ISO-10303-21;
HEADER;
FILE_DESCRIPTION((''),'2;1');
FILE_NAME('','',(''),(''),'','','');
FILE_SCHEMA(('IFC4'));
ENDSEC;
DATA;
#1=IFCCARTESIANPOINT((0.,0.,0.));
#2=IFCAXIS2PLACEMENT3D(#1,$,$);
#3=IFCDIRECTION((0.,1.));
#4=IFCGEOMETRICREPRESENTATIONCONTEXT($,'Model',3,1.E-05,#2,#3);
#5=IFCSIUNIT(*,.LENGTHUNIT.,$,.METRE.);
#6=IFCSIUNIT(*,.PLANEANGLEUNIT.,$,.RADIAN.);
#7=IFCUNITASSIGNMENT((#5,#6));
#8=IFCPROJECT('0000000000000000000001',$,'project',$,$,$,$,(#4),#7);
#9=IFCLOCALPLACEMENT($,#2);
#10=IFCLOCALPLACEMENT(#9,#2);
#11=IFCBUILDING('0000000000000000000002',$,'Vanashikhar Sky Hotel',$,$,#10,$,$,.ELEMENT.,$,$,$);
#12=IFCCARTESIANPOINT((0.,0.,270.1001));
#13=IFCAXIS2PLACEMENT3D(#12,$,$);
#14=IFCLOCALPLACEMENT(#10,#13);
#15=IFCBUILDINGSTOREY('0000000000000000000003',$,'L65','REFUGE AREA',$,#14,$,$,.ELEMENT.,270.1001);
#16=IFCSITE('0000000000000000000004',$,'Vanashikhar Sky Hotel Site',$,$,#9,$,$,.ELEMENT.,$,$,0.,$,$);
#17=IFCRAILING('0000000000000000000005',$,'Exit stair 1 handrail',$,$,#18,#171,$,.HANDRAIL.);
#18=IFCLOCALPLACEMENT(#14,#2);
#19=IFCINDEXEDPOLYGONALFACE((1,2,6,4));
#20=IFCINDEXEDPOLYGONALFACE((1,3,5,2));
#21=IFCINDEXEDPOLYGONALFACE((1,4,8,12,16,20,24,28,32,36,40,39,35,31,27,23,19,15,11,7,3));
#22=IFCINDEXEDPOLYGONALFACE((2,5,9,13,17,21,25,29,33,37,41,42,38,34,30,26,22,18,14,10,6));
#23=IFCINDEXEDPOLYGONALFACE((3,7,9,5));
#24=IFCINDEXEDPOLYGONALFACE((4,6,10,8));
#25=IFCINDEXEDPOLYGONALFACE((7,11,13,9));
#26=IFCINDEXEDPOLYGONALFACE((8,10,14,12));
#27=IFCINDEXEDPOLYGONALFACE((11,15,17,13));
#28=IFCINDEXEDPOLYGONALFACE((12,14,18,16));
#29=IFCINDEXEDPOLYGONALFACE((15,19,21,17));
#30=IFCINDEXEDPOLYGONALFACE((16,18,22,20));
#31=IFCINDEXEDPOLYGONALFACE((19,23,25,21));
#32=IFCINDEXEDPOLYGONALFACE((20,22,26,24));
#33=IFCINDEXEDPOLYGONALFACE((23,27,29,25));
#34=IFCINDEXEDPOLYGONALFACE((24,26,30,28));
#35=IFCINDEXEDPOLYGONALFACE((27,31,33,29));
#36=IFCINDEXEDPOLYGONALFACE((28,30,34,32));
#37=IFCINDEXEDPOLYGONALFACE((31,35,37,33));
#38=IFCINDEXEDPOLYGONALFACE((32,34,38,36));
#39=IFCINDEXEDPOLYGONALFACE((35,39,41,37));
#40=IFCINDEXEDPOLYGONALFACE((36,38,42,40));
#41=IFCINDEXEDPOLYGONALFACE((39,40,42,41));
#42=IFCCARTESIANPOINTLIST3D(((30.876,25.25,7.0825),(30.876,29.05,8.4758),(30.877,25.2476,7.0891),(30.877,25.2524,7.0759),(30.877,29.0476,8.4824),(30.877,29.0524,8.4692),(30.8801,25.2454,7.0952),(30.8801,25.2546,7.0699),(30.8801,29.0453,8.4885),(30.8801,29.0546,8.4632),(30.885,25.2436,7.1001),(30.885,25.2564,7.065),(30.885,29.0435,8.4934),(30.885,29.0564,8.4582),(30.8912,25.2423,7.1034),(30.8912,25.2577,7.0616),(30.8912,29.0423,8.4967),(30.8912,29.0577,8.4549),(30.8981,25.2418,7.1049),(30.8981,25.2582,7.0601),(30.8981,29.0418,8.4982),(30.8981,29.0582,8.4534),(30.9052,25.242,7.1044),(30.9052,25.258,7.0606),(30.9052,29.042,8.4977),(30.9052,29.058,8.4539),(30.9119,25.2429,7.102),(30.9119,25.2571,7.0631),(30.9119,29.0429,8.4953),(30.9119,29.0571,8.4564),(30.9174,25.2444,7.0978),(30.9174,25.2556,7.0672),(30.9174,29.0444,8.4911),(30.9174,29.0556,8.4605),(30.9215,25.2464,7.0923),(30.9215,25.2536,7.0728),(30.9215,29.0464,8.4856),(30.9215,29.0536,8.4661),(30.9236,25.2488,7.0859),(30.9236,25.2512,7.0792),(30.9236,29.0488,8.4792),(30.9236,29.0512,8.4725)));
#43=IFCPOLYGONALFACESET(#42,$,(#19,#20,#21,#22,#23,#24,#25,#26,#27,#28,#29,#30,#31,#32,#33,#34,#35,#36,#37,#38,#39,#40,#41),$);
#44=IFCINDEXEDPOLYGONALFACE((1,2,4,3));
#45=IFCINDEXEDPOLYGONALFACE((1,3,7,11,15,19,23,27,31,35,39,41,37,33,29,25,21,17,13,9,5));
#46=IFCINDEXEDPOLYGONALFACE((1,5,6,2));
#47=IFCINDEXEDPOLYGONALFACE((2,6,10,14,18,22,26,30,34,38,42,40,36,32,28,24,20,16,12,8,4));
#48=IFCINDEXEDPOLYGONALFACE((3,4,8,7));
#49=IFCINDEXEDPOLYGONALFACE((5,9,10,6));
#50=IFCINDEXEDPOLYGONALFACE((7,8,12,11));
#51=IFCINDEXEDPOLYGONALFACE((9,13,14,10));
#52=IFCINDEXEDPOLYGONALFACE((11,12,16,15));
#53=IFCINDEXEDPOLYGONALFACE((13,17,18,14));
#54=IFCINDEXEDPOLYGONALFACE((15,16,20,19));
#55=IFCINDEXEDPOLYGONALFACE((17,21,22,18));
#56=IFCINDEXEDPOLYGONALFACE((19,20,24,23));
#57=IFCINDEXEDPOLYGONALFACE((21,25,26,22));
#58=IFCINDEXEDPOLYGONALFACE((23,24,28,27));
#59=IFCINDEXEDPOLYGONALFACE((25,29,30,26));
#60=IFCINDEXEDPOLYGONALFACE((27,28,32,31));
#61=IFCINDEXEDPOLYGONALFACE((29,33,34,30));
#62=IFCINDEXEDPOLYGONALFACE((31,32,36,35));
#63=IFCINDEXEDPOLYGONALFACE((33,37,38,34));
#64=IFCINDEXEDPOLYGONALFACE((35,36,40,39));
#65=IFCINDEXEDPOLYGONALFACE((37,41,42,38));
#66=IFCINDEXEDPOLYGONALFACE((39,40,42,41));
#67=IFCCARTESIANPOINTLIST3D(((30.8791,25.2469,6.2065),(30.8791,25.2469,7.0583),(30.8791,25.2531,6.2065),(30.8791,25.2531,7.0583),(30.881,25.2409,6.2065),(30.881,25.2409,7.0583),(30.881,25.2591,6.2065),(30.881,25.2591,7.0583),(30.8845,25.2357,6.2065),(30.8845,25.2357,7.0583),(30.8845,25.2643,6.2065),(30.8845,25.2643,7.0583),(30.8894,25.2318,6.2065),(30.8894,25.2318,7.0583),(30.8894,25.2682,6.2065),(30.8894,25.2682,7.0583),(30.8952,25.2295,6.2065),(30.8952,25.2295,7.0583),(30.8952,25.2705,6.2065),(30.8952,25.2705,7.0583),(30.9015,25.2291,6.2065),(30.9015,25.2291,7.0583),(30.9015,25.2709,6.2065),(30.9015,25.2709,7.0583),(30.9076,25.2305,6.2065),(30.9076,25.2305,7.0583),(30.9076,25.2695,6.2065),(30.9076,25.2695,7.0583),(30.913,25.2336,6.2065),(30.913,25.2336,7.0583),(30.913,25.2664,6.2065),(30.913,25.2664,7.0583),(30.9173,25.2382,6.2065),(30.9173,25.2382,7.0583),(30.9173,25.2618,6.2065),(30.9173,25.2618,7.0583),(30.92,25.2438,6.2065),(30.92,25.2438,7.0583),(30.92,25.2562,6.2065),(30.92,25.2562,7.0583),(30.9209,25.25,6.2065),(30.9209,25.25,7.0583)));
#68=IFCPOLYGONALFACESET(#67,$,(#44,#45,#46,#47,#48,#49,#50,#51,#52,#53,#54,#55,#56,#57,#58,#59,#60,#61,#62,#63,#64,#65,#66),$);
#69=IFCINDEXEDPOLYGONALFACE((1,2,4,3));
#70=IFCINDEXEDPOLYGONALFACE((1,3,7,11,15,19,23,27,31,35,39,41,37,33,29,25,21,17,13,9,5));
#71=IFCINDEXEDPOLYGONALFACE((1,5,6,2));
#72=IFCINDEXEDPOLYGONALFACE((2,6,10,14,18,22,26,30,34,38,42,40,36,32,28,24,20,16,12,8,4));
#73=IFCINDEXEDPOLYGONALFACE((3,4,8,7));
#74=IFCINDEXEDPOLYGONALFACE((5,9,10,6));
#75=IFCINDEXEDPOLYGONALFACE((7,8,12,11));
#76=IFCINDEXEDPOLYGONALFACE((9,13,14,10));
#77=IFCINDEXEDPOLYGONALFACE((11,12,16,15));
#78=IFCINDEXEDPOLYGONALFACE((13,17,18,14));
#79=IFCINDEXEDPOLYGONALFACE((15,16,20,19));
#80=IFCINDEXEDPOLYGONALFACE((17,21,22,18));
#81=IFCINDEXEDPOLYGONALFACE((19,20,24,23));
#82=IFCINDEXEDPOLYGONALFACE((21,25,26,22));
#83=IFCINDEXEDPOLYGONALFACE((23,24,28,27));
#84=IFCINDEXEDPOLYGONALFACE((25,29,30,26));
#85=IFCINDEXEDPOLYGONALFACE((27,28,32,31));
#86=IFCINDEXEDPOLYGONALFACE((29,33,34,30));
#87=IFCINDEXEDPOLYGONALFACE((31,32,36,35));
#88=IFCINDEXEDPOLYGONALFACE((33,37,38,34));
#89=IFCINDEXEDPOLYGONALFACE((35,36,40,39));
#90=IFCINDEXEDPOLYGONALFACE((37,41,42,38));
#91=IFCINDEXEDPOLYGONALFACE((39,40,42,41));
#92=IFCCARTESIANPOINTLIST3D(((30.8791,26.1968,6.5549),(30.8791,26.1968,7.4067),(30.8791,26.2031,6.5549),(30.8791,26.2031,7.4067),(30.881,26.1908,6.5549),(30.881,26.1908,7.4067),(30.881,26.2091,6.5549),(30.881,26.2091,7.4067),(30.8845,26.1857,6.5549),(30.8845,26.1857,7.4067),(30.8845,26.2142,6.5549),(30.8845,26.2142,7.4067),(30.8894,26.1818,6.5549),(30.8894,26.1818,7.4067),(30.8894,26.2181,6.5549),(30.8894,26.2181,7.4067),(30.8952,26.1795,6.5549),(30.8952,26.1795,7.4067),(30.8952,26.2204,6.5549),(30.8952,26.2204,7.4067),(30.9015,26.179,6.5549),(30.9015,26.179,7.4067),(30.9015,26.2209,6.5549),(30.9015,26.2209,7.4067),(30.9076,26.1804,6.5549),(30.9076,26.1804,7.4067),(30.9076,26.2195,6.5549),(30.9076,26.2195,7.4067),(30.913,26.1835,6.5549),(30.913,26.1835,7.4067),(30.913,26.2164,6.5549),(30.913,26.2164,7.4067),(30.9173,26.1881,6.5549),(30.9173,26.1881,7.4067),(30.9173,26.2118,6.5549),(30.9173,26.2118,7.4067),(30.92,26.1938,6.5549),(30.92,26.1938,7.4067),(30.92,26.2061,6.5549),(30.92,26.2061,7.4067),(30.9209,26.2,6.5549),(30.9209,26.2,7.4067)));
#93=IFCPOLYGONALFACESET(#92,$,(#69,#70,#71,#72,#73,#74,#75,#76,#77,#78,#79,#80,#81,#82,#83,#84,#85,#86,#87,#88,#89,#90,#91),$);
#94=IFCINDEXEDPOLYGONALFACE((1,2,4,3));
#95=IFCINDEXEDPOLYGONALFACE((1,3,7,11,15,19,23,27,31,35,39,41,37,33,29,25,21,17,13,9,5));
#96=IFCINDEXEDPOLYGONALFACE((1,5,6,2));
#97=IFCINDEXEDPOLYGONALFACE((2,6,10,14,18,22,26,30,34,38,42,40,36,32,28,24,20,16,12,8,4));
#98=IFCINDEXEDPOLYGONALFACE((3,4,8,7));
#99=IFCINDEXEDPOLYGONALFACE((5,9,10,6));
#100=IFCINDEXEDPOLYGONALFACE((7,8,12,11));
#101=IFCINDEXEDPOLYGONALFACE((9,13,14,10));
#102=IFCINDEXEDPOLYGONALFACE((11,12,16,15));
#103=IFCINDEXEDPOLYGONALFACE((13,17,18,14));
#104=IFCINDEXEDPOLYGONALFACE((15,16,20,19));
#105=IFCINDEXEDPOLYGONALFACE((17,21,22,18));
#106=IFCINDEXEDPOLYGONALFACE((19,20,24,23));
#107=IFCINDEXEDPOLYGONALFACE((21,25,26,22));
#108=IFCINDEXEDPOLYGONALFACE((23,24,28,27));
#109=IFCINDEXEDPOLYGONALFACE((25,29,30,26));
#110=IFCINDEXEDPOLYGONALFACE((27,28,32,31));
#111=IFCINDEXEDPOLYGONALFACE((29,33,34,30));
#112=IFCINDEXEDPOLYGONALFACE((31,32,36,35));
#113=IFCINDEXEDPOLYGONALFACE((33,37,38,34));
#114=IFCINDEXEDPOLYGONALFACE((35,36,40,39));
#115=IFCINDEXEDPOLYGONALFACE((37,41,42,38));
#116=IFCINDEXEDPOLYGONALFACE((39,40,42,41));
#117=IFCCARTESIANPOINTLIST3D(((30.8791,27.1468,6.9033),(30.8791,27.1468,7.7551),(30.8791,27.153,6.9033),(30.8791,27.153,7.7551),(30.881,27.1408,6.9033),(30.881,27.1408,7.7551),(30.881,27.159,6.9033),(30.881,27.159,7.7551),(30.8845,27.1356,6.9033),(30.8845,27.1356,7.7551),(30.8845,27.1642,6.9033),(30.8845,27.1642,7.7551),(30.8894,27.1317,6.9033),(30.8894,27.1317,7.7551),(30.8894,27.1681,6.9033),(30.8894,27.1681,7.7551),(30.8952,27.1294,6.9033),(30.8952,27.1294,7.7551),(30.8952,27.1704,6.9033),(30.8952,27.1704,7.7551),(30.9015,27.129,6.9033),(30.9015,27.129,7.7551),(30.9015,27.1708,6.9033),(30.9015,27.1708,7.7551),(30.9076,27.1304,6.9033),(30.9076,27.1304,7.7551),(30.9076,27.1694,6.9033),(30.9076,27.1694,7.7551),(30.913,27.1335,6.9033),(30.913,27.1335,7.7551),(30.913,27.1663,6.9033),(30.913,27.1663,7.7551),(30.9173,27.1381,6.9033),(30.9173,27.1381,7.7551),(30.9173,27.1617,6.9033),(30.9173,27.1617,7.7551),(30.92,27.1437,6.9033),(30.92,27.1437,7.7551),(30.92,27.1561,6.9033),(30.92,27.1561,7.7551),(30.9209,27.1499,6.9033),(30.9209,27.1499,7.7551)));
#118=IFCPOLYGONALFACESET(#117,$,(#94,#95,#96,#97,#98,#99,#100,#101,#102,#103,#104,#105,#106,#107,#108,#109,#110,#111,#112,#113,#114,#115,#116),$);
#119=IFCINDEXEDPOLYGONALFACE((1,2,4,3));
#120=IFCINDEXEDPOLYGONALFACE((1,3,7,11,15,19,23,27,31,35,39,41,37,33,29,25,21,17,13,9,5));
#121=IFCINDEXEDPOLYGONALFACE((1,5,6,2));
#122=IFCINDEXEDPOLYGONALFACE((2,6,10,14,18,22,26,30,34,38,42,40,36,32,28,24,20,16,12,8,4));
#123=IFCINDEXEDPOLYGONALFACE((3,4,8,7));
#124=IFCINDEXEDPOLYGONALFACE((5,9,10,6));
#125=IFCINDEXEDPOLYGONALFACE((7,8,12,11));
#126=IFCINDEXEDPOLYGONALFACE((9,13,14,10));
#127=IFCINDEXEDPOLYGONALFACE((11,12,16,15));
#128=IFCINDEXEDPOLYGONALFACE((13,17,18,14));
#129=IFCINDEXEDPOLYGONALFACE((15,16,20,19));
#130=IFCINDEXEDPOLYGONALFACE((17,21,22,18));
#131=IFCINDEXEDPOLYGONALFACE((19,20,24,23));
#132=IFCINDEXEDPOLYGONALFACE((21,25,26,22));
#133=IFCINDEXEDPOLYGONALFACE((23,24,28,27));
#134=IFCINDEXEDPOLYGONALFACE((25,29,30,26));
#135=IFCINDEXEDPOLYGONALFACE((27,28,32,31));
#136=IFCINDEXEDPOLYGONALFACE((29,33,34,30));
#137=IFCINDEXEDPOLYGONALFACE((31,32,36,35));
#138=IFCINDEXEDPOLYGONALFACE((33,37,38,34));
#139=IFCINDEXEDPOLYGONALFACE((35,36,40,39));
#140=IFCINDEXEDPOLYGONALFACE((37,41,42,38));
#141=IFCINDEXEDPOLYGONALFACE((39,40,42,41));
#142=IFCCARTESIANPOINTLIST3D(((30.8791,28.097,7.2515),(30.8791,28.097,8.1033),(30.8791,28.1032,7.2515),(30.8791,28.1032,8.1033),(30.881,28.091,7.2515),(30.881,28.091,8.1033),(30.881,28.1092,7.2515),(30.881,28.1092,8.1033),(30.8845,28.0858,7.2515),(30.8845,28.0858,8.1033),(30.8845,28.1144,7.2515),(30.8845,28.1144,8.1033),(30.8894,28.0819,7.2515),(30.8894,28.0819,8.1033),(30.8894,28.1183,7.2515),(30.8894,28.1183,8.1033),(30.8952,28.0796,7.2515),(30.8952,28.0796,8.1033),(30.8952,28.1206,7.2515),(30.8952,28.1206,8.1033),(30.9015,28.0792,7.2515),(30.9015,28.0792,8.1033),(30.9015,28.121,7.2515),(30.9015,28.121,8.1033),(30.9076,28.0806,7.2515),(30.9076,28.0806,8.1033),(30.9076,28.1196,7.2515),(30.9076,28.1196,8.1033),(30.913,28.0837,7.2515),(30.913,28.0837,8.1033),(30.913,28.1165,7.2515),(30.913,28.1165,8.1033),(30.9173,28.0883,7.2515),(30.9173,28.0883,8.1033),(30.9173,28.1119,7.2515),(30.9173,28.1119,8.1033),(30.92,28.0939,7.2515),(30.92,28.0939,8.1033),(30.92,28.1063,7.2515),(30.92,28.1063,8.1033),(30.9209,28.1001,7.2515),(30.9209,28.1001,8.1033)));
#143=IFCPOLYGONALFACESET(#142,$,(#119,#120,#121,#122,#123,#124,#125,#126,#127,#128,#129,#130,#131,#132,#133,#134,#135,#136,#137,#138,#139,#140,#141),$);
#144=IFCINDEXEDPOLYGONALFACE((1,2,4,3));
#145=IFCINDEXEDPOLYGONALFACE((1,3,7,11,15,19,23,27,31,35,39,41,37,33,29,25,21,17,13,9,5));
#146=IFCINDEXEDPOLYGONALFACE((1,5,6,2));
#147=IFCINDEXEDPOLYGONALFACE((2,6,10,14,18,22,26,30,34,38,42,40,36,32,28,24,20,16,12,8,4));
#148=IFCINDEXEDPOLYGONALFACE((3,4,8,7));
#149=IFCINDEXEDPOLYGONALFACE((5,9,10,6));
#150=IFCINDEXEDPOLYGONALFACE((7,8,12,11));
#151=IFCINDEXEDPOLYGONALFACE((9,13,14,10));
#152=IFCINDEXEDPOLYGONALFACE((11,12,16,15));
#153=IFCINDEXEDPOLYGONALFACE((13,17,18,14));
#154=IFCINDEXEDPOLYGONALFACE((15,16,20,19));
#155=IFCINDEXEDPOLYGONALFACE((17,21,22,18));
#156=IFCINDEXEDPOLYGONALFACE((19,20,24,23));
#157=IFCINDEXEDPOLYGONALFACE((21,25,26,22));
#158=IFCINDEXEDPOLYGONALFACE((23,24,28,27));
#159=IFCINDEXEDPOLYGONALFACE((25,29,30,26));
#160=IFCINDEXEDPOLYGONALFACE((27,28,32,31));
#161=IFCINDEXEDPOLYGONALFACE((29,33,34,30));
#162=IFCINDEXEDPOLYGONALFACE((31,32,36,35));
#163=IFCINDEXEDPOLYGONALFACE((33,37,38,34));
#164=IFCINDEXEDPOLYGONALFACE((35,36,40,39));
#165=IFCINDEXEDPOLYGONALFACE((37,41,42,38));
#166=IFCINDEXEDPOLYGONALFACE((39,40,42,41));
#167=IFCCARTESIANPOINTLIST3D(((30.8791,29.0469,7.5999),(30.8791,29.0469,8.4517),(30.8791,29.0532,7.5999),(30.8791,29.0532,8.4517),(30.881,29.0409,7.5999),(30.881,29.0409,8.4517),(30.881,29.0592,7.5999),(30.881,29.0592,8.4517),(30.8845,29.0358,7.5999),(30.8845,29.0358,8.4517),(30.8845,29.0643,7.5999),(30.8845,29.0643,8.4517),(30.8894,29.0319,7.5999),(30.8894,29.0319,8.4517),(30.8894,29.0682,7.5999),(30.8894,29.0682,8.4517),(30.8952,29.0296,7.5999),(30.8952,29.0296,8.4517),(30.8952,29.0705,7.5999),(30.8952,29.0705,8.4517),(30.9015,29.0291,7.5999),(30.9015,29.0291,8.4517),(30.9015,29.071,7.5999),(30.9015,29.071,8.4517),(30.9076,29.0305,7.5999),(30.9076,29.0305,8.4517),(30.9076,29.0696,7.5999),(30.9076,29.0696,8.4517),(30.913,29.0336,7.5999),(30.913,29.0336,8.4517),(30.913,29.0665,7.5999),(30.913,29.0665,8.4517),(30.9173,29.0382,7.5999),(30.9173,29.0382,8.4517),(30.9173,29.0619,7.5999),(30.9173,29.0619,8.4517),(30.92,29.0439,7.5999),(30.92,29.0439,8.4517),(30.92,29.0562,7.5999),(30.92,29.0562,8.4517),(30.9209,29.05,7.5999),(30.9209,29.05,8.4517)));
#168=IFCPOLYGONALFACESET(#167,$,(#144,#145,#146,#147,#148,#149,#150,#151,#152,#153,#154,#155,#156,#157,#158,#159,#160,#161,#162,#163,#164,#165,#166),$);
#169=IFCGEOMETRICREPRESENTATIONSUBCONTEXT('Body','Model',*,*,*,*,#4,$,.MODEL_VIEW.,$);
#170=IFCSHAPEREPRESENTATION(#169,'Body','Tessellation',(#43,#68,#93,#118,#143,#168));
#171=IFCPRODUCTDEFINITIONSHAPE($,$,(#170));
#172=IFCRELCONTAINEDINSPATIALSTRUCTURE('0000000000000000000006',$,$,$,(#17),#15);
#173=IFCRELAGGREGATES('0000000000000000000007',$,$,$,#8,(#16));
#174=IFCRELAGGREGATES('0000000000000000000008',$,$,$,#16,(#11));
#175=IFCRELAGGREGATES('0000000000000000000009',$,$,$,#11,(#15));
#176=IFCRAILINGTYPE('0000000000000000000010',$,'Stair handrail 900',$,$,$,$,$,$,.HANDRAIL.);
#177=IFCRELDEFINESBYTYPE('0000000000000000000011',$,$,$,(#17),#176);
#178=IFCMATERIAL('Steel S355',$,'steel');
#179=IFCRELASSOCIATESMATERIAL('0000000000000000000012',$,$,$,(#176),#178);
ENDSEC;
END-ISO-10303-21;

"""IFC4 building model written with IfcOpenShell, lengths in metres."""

from ifc_helpers import new_model, si_unit, direction, frame, origin, origin_2d, place, context, subcontext, project, spatial, circle, extrude, source, transform, mapped, material, type_object, element, save


model = new_model("IFC4")

# Units and contexts
model_context = context("Model", 3, precision=1e-05, world=origin(), true_north=direction((0.0, 1.0)))
body_context = subcontext(model_context, "Body", "Model", "MODEL_VIEW")
ifc_project = project(units=[si_unit("LENGTHUNIT", "METRE"), si_unit("PLANEANGLEUNIT", "RADIAN")], contexts=[model_context])

# Site, building, storey
site_placement = place(None, origin())
site = spatial("IfcSite", under=ifc_project, at=site_placement, Name="Vanashikhar Sky Hotel Site", CompositionType="ELEMENT", RefElevation=0.0)
building_placement = place(site_placement, origin())
building = spatial("IfcBuilding", under=site, at=building_placement, Name="Vanashikhar Sky Hotel", CompositionType="ELEMENT")
storey_placement = place(building_placement, frame((0.0, 0.0, 270.1001)))
storey = spatial("IfcBuildingStorey", under=building, at=storey_placement, Name="L65", Description="REFUGE AREA", CompositionType="ELEMENT", Elevation=270.1001)

# Railing
ifc_material_1 = material(Name="Steel S355", Category="steel")
railing_type_1 = type_object("IfcRailingType", Name="Stair handrail 900", PredefinedType="HANDRAIL", material=ifc_material_1)
shared_shape_1 = source(origin(), body_context, "Body", "SweptSolid", [
    extrude(circle(Radius=0.0239, at=origin_2d()), frame((0.0, 0.0, 0.876), z_axis=(0.0, 0.93888, 0.344246), x_axis=(-1.0, 0.0, 0.0)), (0.0, 0.0, 1.0), 4.0474),
    extrude(circle(Radius=0.021, at=origin_2d()), origin(), (0.0, 0.0, 1.0), 0.8518),
    extrude(circle(Radius=0.021, at=origin_2d()), frame((0.0, 0.95, 0.3484)), (0.0, 0.0, 1.0), 0.8518),
    extrude(circle(Radius=0.021, at=origin_2d()), frame((0.0, 1.8999, 0.6968)), (0.0, 0.0, 1.0), 0.8518),
    extrude(circle(Radius=0.021, at=origin_2d()), frame((0.0, 2.8501, 1.0449)), (0.0, 0.0, 1.0), 0.8518),
    extrude(circle(Radius=0.021, at=origin_2d()), frame((0.0, 3.8, 1.3933)), (0.0, 0.0, 1.0), 0.8518),
])
for number, where, name in (
    (1, (30.8999, 25.25, 6.2065), "Exit stair 1 handrail"),
):
    element("IfcRailing", number, at=place(storey_placement, frame(where)), inside=storey, type_object=railing_type_1, Name=name, PredefinedType="HANDRAIL", context=body_context, shape_type="MappedRepresentation", body=[
        mapped(shared_shape_1, transform((0.0, 0.0, 0.0), scale=1.0)),
    ])

save(model, "model.ifc")
